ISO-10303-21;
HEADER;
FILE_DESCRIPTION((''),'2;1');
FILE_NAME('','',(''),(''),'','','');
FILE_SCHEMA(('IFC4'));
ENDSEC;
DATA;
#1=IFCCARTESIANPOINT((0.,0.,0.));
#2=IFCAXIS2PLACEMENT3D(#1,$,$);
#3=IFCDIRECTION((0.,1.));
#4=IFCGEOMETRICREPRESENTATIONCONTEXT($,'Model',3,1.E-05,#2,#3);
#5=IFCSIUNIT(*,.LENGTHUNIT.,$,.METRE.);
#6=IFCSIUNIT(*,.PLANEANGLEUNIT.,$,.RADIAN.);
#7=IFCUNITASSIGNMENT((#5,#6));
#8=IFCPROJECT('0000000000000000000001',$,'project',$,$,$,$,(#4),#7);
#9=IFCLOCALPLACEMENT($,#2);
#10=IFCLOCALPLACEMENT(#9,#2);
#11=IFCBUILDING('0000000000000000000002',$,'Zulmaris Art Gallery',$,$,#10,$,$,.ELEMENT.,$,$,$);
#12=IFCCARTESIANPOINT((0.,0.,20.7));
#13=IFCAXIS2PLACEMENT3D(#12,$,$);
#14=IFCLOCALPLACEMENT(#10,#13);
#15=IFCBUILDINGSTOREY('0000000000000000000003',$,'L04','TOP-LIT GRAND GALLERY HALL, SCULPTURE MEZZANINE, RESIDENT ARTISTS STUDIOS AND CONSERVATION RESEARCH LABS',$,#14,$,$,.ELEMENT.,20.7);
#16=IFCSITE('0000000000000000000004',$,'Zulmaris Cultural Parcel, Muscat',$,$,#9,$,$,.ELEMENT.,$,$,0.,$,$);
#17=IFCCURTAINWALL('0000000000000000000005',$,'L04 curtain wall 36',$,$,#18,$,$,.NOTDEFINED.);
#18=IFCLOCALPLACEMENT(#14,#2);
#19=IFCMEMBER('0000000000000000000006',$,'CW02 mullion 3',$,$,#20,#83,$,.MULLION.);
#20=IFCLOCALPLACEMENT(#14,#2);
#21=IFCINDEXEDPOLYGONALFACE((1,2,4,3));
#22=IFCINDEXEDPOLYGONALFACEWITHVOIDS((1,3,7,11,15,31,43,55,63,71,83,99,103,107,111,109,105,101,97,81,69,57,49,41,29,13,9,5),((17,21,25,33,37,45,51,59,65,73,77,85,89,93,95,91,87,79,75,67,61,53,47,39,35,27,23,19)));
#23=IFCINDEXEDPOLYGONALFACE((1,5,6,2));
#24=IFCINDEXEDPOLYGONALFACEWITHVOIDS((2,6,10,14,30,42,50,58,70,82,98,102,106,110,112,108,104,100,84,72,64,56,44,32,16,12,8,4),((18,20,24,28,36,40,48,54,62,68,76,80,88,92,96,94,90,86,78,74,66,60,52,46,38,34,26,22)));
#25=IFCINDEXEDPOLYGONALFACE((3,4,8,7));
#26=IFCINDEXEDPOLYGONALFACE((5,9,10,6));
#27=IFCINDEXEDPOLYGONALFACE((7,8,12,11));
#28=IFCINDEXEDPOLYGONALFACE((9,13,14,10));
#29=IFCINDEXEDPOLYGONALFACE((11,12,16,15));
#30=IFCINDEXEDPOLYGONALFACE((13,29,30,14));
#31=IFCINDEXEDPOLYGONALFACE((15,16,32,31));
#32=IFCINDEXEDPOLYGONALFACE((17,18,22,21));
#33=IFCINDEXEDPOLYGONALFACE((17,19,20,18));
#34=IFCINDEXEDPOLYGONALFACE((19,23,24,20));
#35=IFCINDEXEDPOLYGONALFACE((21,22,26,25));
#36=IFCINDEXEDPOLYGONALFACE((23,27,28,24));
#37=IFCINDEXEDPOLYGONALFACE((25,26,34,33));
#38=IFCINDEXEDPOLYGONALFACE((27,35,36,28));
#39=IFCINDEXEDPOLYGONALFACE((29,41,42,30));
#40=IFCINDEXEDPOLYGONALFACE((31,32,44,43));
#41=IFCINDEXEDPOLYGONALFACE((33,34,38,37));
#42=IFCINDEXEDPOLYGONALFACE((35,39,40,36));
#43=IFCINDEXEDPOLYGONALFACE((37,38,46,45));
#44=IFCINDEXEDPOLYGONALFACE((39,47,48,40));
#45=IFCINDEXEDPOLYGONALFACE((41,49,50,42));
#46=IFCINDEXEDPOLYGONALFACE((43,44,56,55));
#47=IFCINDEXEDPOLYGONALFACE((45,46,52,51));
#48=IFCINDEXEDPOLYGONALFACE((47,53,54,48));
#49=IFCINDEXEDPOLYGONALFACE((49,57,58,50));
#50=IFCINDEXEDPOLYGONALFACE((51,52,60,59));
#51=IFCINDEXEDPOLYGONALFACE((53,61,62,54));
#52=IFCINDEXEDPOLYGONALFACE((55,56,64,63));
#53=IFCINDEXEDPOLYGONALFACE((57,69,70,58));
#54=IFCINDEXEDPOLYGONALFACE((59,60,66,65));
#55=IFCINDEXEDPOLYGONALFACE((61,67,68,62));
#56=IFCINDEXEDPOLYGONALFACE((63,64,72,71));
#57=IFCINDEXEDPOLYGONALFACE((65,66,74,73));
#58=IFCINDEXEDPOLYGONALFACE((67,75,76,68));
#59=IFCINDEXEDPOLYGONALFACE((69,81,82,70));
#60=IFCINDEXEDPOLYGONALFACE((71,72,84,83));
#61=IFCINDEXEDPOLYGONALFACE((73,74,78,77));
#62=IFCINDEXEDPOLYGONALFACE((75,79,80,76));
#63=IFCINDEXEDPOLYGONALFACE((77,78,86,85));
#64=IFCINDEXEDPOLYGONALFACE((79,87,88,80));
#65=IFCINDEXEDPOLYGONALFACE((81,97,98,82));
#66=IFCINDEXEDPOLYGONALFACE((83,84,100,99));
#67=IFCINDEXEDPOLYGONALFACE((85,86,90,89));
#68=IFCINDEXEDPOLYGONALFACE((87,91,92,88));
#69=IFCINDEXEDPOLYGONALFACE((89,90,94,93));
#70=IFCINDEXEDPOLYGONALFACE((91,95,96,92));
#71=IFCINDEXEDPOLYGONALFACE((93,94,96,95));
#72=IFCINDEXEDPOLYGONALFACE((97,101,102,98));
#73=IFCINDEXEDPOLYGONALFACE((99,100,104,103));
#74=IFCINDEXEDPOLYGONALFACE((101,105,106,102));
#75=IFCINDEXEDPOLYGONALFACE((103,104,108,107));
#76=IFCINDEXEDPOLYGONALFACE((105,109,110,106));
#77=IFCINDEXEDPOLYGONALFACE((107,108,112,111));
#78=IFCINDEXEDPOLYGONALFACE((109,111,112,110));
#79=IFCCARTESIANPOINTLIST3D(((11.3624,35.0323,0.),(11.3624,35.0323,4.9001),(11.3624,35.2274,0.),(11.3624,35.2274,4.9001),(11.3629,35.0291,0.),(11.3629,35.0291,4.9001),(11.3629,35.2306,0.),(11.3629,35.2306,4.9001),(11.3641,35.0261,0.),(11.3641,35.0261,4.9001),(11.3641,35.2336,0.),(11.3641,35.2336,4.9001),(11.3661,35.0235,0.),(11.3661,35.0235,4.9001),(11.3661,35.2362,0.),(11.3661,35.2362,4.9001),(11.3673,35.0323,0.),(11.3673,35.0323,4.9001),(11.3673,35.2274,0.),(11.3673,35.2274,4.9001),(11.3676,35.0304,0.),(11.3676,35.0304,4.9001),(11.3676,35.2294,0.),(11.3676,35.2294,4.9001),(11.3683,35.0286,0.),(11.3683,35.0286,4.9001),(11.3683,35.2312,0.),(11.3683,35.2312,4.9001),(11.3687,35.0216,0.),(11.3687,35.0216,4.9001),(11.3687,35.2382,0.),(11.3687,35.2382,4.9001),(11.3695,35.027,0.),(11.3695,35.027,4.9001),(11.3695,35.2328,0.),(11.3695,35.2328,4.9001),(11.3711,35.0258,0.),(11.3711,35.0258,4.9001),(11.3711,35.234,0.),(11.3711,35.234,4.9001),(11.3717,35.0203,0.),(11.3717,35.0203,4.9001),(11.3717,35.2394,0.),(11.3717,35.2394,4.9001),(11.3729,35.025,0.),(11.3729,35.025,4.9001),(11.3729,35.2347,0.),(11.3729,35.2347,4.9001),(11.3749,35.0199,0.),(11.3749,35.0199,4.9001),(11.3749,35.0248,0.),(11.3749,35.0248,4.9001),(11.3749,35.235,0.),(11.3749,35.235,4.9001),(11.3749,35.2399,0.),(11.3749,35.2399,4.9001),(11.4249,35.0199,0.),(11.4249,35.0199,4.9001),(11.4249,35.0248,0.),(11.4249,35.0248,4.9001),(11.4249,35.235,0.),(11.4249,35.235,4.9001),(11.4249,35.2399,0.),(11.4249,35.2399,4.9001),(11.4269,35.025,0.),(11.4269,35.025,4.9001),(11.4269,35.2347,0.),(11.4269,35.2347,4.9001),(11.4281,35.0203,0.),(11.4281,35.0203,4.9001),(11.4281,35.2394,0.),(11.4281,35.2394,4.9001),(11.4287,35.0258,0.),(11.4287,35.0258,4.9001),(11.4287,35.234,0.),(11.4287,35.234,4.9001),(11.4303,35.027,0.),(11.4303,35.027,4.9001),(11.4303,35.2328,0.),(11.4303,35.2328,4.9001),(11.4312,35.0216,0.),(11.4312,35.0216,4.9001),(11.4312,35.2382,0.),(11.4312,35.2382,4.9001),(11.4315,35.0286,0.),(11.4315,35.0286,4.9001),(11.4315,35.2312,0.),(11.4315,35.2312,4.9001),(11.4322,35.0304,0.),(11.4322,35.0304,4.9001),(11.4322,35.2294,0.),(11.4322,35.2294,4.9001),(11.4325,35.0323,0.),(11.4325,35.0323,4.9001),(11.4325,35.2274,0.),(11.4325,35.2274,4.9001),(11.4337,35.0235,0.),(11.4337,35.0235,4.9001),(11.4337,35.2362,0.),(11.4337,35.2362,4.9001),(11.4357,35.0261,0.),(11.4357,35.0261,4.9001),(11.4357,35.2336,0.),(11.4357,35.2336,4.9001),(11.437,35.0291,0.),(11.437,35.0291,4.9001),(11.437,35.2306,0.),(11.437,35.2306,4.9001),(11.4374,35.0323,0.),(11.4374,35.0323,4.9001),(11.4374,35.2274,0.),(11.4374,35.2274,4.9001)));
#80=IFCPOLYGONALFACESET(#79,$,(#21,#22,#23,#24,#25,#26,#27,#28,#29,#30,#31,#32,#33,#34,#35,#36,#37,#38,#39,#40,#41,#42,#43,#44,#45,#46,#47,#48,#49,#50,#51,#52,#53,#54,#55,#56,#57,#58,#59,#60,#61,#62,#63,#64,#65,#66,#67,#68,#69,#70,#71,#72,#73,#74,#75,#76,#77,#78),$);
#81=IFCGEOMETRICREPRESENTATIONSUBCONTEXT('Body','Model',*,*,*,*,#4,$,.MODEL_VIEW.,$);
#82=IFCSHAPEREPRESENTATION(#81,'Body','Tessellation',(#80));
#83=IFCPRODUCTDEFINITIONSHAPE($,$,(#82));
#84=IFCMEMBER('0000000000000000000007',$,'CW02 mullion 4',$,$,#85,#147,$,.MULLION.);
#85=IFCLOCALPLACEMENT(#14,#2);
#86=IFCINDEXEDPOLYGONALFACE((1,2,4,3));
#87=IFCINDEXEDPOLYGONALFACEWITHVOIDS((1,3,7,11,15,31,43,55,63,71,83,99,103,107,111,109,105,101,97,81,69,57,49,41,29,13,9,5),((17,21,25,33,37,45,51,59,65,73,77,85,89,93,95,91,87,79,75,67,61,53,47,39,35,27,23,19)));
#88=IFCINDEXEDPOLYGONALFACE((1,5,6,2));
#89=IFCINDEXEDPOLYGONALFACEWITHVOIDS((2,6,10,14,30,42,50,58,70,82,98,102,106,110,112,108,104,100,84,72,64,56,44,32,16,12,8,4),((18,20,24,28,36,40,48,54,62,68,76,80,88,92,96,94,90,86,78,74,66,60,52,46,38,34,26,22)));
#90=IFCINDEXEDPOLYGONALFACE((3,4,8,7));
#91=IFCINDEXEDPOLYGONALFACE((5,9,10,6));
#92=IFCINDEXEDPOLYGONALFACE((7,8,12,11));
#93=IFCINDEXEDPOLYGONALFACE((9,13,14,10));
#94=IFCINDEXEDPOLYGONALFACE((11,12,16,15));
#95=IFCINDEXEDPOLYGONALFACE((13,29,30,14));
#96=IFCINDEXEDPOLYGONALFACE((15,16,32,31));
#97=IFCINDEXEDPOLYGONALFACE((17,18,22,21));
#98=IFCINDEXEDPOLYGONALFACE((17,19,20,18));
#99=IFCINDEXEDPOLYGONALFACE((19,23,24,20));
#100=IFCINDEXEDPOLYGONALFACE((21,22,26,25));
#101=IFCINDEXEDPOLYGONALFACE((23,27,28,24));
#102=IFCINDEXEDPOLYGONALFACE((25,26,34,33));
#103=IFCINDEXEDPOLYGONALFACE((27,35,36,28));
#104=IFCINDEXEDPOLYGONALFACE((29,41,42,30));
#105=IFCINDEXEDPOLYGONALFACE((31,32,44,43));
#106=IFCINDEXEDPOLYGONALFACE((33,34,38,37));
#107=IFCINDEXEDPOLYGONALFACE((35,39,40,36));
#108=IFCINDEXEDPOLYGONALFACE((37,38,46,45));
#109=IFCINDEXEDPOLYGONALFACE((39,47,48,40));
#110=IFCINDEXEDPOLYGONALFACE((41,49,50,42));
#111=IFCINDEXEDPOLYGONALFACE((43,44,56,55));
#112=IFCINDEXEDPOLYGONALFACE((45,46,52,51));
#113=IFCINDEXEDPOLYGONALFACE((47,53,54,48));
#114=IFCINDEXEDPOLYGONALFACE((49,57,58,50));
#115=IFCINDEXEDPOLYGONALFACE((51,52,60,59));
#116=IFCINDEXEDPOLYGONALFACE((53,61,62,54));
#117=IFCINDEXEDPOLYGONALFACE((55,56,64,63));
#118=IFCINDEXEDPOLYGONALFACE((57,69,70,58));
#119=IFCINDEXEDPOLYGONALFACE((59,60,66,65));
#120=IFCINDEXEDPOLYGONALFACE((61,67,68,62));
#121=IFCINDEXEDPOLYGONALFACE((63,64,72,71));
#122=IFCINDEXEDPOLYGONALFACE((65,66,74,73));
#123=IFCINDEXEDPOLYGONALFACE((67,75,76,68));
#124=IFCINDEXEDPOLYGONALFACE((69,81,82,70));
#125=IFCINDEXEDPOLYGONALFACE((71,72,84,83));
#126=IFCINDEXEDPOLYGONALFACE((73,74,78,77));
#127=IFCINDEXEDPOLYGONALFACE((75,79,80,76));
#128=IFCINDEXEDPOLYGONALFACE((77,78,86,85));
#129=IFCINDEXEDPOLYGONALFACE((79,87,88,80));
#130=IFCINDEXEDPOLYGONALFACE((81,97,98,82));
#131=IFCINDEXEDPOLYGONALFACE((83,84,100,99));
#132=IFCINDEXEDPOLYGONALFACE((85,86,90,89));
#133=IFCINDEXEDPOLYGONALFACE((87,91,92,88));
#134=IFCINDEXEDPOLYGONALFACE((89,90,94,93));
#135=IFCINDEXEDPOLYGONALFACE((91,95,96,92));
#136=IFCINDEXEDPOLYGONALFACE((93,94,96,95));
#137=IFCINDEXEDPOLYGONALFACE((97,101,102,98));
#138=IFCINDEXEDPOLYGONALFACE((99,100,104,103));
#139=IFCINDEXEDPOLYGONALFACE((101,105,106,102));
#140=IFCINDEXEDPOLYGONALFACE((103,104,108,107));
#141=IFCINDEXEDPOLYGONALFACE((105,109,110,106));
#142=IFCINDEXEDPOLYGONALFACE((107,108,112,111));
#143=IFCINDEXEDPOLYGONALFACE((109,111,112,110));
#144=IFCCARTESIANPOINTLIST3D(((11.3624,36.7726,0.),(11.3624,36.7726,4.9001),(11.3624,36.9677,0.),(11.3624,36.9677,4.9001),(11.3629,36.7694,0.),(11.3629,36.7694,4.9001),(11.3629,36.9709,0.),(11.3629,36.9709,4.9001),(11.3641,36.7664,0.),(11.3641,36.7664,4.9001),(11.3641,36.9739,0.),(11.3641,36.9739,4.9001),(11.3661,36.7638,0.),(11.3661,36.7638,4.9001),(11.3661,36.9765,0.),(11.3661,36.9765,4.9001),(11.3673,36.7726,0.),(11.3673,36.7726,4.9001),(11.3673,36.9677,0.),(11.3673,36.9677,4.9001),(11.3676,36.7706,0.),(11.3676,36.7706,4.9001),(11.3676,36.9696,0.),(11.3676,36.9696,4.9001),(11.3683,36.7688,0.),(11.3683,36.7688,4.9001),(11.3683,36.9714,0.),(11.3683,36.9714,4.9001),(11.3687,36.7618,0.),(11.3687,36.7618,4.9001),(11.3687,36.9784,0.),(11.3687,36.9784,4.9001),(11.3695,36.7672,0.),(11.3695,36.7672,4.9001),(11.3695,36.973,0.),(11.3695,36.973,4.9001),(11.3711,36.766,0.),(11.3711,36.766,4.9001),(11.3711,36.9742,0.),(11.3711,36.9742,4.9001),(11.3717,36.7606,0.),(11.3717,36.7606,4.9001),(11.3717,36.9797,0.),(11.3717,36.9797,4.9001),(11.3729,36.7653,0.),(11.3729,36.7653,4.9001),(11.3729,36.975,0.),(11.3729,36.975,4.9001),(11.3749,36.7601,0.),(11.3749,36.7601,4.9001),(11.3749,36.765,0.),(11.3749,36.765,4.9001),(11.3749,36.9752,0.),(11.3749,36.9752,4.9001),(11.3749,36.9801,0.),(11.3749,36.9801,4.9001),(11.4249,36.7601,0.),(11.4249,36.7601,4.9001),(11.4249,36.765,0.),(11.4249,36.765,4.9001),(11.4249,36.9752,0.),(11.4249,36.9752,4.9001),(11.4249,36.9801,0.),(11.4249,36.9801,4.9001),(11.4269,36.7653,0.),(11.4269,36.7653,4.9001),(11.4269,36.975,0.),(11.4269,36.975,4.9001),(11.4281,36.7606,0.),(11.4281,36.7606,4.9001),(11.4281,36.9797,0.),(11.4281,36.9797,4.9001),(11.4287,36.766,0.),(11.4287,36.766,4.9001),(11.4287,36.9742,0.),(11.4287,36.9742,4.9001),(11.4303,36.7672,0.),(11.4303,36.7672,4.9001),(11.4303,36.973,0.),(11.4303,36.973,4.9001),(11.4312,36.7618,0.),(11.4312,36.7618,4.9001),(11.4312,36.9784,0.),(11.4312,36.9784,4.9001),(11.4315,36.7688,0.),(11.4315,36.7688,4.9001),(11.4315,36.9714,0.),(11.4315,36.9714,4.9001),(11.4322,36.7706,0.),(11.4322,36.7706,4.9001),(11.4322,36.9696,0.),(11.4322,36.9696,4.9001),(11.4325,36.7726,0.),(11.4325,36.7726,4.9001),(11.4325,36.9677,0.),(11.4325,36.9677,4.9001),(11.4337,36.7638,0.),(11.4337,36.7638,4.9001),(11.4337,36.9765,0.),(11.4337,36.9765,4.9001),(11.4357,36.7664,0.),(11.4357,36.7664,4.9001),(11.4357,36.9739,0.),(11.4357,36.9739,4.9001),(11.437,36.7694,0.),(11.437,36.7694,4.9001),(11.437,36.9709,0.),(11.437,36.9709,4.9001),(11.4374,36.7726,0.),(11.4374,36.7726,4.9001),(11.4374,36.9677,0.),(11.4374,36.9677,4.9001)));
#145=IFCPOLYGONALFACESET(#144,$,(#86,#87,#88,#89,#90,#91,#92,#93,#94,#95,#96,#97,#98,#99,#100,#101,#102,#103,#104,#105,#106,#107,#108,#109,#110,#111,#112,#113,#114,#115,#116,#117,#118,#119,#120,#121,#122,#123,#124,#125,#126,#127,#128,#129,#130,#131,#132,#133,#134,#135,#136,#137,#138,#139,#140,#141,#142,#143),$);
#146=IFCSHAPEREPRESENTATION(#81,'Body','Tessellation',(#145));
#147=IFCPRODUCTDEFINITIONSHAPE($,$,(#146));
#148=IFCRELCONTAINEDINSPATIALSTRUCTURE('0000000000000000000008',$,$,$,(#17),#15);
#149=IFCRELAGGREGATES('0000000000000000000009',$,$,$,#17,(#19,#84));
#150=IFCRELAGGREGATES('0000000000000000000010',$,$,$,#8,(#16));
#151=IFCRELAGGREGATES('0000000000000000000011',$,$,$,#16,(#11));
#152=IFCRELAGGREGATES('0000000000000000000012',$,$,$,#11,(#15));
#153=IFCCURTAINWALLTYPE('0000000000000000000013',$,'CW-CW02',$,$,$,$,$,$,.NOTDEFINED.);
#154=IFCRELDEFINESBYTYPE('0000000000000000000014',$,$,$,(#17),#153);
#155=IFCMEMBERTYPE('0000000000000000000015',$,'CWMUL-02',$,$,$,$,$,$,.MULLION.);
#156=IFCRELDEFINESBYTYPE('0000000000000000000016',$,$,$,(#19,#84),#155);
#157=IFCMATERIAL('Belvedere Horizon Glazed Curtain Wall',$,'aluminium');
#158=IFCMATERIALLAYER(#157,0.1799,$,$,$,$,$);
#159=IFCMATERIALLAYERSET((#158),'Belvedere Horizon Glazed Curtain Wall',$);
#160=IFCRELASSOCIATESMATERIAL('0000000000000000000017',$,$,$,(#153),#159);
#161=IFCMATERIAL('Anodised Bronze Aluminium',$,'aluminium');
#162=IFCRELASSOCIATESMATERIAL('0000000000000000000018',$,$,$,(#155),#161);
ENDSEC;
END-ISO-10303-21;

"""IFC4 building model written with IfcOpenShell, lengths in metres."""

from ifc_helpers import new_model, si_unit, direction, frame, origin, origin_2d, place, context, subcontext, project, spatial, hollow_rectangle, extrude, material, layer, layer_set, material_profile, profile_set, type_object, element, aggregate, save


model = new_model("IFC4")

# Units and contexts
model_context = context("Model", 3, precision=1e-05, world=origin(), true_north=direction((0.0, 1.0)))
body_context = subcontext(model_context, "Body", "Model", "MODEL_VIEW")
ifc_project = project(units=[si_unit("LENGTHUNIT", "METRE"), si_unit("PLANEANGLEUNIT", "RADIAN")], contexts=[model_context])

# Site, building, storey
site_placement = place(None, origin())
site = spatial("IfcSite", under=ifc_project, at=site_placement, Name="Zulmaris Cultural Parcel, Muscat", CompositionType="ELEMENT", RefElevation=0.0)
building_placement = place(site_placement, origin())
building = spatial("IfcBuilding", under=site, at=building_placement, Name="Zulmaris Art Gallery", CompositionType="ELEMENT")
storey_placement = place(building_placement, frame((0.0, 0.0, 20.7)))
storey = spatial("IfcBuildingStorey", under=building, at=storey_placement, Name="L04", Description="TOP-LIT GRAND GALLERY HALL, SCULPTURE MEZZANINE, RESIDENT ARTISTS STUDIOS AND CONSERVATION RESEARCH LABS", CompositionType="ELEMENT", Elevation=20.7)

# Curtain wall, members
ifc_material_1 = material(Name="Belvedere Horizon Glazed Curtain Wall", Category="aluminium")
ifc_layer_1 = layer(ifc_material_1, 0.1799)
ifc_layer_set_1 = layer_set([ifc_layer_1], Name="Belvedere Horizon Glazed Curtain Wall")
curtain_wall_type = type_object("IfcCurtainWallType", Name="CW-CW02", PredefinedType="NOTDEFINED", material=ifc_layer_set_1)
curtain_wall_placement = place(storey_placement, origin())
curtain_wall = element("IfcCurtainWall", 1, at=curtain_wall_placement, inside=storey, type_object=curtain_wall_type, Name="L04 curtain wall 36", PredefinedType="NOTDEFINED")
ifc_material_2 = material(Name="Anodised Bronze Aluminium", Category="aluminium")
ifc_material_profile_1 = material_profile(ifc_material_2, hollow_rectangle(XDim=0.075, YDim=0.22, WallThickness=0.0049, InnerFilletRadius=0.0076, OuterFilletRadius=0.0125, at=origin_2d()), Name="ALU 75x220x5")
ifc_profile_set_1 = profile_set([ifc_material_profile_1], Name="Anodised Bronze Aluminium")
member_type_1 = type_object("IfcMemberType", Name="CWMUL-02", PredefinedType="MULLION", material=ifc_profile_set_1)
member_1_placement = place(storey_placement, frame((11.3999, 35.1299, 0.0), z_axis=(0.0, 0.0, 1.0), x_axis=(-1.0, 0.0, 0.0)))
member_1 = element("IfcMember", 2, at=member_1_placement, type_object=member_type_1, Name="CW02 mullion 3", PredefinedType="MULLION", context=body_context, shape_type="SweptSolid", body=[
    extrude(hollow_rectangle(XDim=0.075, YDim=0.22, WallThickness=0.0049, InnerFilletRadius=0.0076, OuterFilletRadius=0.0125, at=origin_2d()), origin(), (0.0, 0.0, 1.0), 4.9001),
])
member_2_placement = place(storey_placement, frame((11.3999, 36.8701, 0.0), z_axis=(0.0, 0.0, 1.0), x_axis=(-1.0, 0.0, 0.0)))
member_2 = element("IfcMember", 3, at=member_2_placement, type_object=member_type_1, Name="CW02 mullion 4", PredefinedType="MULLION", context=body_context, shape_type="SweptSolid", body=[
    extrude(hollow_rectangle(XDim=0.075, YDim=0.22, WallThickness=0.0049, InnerFilletRadius=0.0076, OuterFilletRadius=0.0125, at=origin_2d()), origin(), (0.0, 0.0, 1.0), 4.9001),
])

aggregate(curtain_wall, [member_1, member_2])

save(model, "model.ifc")
